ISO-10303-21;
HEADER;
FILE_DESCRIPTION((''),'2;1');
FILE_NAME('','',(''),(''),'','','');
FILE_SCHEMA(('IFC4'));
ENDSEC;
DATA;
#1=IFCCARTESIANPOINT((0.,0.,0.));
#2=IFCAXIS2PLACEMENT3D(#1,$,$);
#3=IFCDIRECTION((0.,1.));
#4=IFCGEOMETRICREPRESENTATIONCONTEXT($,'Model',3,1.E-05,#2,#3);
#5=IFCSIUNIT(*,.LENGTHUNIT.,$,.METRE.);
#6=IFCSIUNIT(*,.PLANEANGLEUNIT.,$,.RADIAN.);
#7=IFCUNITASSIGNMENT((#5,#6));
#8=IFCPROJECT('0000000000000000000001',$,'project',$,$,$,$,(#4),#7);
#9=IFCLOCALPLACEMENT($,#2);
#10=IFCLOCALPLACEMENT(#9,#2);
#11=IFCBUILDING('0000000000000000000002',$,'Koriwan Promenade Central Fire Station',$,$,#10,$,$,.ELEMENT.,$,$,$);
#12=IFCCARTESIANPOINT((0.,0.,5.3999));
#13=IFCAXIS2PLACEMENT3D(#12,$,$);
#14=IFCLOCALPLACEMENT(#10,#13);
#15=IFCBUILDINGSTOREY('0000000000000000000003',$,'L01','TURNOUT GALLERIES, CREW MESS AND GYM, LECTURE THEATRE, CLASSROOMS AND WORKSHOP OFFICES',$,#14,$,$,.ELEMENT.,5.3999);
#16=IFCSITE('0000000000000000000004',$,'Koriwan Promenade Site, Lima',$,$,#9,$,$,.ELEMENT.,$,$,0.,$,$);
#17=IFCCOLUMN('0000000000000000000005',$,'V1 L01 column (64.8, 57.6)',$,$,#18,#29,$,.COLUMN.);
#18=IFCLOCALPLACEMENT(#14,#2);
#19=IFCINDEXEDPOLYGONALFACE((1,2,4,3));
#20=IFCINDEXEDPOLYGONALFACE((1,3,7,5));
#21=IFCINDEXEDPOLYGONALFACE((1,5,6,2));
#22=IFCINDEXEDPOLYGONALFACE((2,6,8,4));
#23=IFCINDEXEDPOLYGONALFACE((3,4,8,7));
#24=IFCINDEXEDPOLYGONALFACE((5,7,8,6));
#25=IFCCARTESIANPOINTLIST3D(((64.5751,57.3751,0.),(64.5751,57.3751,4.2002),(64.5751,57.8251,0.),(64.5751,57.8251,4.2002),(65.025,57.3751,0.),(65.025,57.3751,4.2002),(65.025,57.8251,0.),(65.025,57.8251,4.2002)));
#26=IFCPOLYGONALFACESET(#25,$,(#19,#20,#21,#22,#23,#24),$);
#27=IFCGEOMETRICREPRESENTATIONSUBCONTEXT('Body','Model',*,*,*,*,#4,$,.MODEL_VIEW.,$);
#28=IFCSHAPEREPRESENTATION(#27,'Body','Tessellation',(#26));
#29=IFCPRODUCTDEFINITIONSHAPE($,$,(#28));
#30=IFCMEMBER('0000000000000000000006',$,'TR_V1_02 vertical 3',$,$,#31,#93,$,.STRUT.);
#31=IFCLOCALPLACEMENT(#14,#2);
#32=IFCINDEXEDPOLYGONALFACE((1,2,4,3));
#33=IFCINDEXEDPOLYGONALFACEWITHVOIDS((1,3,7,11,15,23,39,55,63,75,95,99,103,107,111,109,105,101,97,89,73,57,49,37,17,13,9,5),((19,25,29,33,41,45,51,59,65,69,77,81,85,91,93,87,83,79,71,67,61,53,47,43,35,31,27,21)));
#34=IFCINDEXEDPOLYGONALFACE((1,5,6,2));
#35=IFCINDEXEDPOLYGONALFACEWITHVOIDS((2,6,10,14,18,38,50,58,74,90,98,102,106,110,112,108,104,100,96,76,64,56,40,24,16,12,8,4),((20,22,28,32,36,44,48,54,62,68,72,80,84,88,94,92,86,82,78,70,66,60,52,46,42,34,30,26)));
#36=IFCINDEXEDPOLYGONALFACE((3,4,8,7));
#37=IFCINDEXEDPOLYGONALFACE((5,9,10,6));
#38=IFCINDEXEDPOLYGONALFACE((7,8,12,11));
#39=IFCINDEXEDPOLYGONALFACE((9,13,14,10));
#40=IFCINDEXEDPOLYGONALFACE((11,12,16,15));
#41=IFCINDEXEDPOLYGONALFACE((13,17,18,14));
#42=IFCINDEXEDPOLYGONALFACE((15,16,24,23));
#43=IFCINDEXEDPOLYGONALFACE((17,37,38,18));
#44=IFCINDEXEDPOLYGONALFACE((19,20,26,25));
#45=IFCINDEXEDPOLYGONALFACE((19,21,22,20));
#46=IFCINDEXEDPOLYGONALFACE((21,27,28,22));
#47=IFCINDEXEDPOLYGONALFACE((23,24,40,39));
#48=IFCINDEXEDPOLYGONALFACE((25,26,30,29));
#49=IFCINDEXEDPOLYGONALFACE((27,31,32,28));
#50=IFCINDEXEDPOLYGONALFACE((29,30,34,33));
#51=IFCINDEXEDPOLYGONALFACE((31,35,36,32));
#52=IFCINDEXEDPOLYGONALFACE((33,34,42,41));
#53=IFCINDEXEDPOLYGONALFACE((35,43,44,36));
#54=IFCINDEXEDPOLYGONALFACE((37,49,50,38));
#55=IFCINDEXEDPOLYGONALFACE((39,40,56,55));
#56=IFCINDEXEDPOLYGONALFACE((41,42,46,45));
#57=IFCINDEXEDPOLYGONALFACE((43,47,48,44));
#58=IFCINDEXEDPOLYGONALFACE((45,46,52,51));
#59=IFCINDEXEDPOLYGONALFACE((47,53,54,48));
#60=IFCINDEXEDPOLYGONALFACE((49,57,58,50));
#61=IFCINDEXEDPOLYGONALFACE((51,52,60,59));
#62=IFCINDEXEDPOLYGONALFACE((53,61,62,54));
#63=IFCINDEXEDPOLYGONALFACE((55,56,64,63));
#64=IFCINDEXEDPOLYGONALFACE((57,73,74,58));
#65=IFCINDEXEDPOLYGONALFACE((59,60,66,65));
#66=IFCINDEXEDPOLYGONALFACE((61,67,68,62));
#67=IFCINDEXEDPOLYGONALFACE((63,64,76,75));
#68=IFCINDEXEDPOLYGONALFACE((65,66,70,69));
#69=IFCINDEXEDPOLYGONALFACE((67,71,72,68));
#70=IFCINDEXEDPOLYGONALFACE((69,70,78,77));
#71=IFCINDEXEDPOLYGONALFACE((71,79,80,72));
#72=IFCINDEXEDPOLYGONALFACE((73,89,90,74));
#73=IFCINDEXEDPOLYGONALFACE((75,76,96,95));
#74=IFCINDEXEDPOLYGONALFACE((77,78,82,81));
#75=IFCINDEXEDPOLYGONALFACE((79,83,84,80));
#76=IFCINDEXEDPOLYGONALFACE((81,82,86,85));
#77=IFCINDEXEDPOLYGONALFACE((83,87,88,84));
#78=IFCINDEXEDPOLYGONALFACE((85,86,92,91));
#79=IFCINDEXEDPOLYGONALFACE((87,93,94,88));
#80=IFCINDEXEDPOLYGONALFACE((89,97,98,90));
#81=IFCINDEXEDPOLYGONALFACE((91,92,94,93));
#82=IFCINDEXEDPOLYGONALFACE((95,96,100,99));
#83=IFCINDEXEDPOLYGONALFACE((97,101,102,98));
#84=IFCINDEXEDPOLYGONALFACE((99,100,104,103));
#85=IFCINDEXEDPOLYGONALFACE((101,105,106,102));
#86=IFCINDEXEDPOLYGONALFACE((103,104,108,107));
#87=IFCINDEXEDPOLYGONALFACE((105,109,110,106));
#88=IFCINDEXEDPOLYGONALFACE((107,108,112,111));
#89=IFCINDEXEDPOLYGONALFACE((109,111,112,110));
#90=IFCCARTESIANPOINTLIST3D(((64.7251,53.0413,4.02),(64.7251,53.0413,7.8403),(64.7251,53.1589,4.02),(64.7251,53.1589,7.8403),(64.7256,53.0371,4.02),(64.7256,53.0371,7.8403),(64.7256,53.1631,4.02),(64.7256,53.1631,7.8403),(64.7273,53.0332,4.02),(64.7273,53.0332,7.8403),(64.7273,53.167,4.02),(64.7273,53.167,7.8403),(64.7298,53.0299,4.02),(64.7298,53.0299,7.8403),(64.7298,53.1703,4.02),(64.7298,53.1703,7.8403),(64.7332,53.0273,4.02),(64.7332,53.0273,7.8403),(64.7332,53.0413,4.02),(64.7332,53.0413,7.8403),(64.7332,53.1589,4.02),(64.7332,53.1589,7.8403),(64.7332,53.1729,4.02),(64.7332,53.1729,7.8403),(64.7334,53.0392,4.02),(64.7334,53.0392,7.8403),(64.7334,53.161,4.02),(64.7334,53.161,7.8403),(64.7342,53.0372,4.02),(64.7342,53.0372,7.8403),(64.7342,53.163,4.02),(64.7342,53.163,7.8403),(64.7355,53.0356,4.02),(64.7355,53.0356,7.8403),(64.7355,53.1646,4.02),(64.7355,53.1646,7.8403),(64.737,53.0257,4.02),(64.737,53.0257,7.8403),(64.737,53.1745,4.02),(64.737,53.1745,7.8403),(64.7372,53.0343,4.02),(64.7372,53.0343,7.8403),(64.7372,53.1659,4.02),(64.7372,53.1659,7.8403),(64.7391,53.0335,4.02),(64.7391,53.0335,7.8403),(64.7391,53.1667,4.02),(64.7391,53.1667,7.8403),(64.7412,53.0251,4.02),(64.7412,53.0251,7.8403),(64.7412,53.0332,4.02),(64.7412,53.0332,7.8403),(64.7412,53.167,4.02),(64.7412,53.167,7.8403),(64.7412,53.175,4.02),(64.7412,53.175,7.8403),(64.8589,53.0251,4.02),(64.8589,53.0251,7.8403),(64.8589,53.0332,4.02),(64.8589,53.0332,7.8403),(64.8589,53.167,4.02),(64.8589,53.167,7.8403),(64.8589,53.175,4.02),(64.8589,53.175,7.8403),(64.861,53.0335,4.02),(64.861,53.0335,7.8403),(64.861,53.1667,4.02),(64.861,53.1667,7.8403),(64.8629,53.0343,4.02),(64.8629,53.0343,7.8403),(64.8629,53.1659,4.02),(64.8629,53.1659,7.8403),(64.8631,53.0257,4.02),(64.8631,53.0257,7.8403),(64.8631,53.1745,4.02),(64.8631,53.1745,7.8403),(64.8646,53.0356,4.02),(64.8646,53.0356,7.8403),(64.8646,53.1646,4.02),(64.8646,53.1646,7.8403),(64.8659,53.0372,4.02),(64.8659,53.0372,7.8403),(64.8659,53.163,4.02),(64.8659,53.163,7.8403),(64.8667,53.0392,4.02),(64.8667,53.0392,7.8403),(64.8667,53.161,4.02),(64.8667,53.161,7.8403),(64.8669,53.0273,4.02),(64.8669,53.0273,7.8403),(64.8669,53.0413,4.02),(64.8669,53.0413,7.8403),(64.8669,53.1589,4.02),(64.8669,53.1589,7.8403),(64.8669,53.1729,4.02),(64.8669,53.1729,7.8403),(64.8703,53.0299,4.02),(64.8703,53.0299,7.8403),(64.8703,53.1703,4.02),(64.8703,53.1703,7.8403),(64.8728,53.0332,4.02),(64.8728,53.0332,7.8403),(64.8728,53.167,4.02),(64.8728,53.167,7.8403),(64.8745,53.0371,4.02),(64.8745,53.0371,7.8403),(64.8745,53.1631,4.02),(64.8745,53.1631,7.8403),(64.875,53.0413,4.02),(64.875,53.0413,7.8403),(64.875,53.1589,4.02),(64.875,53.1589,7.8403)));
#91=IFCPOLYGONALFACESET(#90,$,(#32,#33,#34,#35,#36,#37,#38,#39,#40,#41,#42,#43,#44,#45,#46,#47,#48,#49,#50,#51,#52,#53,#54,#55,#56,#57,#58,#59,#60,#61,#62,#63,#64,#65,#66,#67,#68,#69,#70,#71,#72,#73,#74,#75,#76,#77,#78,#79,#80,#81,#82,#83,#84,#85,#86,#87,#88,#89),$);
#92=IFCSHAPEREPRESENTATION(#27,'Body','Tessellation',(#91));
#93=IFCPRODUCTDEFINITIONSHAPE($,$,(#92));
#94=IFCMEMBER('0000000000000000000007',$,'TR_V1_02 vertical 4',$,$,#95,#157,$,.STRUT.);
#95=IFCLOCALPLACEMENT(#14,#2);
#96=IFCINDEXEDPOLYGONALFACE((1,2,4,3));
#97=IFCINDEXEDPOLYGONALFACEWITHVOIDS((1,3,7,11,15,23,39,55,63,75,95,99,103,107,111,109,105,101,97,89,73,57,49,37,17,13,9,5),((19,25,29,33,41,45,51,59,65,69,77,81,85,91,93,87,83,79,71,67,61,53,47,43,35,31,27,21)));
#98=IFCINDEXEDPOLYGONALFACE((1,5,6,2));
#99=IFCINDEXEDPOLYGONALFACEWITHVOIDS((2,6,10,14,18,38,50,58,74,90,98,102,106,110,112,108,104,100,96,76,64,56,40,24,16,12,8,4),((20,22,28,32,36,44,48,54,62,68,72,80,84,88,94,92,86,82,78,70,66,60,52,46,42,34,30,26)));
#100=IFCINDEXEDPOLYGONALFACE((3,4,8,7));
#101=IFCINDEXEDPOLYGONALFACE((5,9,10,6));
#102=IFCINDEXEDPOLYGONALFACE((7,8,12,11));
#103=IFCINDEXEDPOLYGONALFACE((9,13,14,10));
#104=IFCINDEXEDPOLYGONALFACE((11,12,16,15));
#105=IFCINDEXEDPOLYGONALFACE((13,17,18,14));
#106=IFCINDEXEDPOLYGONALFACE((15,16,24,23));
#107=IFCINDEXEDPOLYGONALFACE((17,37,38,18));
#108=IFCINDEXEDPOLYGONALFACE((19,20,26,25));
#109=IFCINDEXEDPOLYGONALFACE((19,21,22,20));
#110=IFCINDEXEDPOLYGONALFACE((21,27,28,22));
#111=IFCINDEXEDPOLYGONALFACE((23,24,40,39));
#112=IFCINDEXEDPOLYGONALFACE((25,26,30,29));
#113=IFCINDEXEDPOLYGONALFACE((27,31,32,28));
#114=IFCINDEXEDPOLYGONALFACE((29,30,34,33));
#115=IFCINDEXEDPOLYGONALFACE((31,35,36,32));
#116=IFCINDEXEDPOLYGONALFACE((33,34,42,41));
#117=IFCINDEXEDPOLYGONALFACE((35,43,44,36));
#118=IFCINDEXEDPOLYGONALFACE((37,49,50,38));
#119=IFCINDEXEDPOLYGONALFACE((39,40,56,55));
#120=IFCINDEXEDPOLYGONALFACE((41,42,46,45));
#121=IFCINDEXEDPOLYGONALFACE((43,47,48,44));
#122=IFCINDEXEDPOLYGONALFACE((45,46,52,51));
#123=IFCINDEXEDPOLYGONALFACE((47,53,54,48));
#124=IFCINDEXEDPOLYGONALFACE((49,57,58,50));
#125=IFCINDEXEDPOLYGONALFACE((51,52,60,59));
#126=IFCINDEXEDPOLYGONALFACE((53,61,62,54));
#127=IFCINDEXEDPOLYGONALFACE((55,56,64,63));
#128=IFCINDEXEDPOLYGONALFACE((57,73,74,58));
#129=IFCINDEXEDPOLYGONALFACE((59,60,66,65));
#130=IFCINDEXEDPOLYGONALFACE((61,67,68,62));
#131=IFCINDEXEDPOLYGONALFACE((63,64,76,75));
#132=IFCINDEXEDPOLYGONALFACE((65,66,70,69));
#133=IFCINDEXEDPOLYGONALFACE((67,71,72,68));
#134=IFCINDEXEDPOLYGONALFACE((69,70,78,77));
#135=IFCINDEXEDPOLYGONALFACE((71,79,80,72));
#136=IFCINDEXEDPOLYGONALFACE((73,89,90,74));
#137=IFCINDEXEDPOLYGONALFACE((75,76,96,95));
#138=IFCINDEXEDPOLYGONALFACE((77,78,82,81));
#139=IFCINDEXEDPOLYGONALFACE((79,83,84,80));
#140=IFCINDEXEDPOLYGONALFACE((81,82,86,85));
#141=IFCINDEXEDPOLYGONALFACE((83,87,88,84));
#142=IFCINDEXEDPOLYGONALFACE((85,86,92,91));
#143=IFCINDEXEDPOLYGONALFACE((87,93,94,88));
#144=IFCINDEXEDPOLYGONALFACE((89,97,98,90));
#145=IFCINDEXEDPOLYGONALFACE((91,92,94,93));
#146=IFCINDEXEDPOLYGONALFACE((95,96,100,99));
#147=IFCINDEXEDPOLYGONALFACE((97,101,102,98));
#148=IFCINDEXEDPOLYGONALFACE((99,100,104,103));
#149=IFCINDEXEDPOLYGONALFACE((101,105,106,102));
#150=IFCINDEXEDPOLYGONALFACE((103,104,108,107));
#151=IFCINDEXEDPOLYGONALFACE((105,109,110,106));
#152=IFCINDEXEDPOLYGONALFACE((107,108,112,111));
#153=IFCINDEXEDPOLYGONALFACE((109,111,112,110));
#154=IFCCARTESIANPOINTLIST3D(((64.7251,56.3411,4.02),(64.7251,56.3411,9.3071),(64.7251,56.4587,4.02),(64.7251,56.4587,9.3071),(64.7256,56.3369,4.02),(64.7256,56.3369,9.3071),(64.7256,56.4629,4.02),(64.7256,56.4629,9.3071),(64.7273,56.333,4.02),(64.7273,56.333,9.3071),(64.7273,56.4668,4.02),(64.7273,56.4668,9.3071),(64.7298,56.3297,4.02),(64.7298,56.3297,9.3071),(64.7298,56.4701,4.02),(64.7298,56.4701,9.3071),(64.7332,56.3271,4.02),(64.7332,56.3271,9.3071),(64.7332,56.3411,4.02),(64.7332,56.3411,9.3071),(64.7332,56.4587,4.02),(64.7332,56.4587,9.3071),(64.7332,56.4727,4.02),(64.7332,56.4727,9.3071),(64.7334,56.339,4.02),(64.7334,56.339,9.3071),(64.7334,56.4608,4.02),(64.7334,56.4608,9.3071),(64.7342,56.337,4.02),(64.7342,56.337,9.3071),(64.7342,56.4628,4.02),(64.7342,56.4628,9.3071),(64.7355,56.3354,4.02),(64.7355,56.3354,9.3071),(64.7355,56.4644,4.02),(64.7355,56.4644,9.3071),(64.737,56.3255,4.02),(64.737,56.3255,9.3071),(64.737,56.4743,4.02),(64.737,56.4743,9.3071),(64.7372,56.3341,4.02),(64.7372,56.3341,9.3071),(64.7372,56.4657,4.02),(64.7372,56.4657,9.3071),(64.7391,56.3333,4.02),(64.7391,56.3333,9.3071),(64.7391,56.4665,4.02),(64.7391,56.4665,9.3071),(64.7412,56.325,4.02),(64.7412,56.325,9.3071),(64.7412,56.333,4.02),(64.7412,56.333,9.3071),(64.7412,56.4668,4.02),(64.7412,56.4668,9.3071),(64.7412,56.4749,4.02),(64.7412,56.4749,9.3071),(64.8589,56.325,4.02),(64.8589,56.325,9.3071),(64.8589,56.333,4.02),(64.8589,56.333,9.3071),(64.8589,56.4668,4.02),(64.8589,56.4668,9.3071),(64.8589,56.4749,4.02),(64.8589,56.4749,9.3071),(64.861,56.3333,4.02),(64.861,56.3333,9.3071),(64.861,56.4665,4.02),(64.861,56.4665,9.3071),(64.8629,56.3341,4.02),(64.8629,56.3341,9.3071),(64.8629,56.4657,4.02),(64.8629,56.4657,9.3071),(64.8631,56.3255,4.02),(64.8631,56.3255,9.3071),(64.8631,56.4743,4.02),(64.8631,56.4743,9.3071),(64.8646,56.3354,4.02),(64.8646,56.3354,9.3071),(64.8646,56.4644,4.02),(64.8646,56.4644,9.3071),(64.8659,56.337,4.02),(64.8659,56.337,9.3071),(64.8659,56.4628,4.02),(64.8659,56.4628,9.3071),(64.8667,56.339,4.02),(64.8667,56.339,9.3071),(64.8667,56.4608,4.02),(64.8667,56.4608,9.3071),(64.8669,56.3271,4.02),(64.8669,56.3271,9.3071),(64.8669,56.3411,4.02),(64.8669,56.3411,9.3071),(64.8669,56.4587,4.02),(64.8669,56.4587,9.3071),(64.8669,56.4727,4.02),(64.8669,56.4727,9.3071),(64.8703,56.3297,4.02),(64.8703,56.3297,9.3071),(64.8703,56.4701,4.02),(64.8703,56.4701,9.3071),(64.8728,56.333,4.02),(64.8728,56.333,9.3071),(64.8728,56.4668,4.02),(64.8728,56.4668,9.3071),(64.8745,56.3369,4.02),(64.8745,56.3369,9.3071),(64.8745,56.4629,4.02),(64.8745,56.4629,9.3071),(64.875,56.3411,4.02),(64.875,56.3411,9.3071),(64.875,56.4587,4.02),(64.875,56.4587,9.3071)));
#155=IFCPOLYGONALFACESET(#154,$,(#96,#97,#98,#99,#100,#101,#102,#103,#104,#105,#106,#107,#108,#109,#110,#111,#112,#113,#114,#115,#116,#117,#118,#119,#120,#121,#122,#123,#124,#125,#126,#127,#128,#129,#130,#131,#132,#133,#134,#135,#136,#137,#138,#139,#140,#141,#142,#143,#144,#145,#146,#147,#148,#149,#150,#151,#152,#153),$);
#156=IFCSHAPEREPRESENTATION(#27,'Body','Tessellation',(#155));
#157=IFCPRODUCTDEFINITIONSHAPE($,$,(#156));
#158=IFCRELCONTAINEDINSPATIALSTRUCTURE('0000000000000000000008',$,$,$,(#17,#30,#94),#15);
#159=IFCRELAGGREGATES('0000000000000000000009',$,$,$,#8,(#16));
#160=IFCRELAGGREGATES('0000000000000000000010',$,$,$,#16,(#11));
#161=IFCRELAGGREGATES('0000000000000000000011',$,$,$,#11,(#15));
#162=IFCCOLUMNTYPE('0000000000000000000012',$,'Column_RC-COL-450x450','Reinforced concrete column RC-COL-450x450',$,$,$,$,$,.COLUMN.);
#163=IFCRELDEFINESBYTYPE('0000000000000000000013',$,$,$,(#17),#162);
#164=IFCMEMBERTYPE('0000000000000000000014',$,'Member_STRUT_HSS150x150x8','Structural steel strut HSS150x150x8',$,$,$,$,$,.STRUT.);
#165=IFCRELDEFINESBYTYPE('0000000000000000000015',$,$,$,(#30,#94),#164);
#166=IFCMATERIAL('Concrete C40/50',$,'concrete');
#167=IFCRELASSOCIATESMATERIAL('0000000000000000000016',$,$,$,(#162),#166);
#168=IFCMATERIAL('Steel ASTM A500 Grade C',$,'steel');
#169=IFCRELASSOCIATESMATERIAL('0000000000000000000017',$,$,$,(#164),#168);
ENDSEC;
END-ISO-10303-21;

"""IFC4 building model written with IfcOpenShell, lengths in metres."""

from ifc_helpers import new_model, si_unit, direction, frame, origin, origin_2d, place, context, subcontext, project, spatial, rectangle, hollow_rectangle, extrude, material, material_profile, profile_set, type_object, element, save


model = new_model("IFC4")

# Units and contexts
model_context = context("Model", 3, precision=1e-05, world=origin(), true_north=direction((0.0, 1.0)))
body_context = subcontext(model_context, "Body", "Model", "MODEL_VIEW")
ifc_project = project(units=[si_unit("LENGTHUNIT", "METRE"), si_unit("PLANEANGLEUNIT", "RADIAN")], contexts=[model_context])

# Site, building, storey
site_placement = place(None, origin())
site = spatial("IfcSite", under=ifc_project, at=site_placement, Name="Koriwan Promenade Site, Lima", CompositionType="ELEMENT", RefElevation=0.0)
building_placement = place(site_placement, origin())
building = spatial("IfcBuilding", under=site, at=building_placement, Name="Koriwan Promenade Central Fire Station", CompositionType="ELEMENT")
storey_placement = place(building_placement, frame((0.0, 0.0, 5.3999)))
storey = spatial("IfcBuildingStorey", under=building, at=storey_placement, Name="L01", Description="TURNOUT GALLERIES, CREW MESS AND GYM, LECTURE THEATRE, CLASSROOMS AND WORKSHOP OFFICES", CompositionType="ELEMENT", Elevation=5.3999)

# Column
ifc_material_1 = material(Name="Concrete C40/50", Category="concrete")
ifc_material_profile_1 = material_profile(ifc_material_1, rectangle(XDim=0.45, YDim=0.45, at=origin_2d()), Name="RC-COL-450x450")
ifc_profile_set_1 = profile_set([ifc_material_profile_1], Name="Concrete C40/50")
column_type = type_object("IfcColumnType", Name="Column_RC-COL-450x450", Description="Reinforced concrete column RC-COL-450x450", PredefinedType="COLUMN", material=ifc_profile_set_1)
column_placement = place(storey_placement, frame((64.8, 57.6001, 0.0), z_axis=(0.0, 0.0, 1.0), x_axis=(1.0, 0.0, 0.0)))
element("IfcColumn", 1, at=column_placement, inside=storey, type_object=column_type, Name="V1 L01 column (64.8, 57.6)", PredefinedType="COLUMN", context=body_context, shape_type="SweptSolid", body=[
    extrude(rectangle(XDim=0.45, YDim=0.45, at=origin_2d()), origin(), (0.0, 0.0, 1.0), 4.2002),
])

# Members
ifc_material_2 = material(Name="Steel ASTM A500 Grade C", Category="steel")
ifc_material_profile_2 = material_profile(ifc_material_2, hollow_rectangle(XDim=0.1499, YDim=0.1499, WallThickness=0.0081, InnerFilletRadius=0.0081, OuterFilletRadius=0.0161, at=origin_2d()), Name="HSS150x150x8")
ifc_profile_set_2 = profile_set([ifc_material_profile_2], Name="Steel ASTM A500 Grade C")
member_type = type_object("IfcMemberType", Name="Member_STRUT_HSS150x150x8", Description="Structural steel strut HSS150x150x8", PredefinedType="STRUT", material=ifc_profile_set_2)
member_1_placement = place(storey_placement, frame((64.8, 53.1001, 4.02), z_axis=(0.0, 0.0, 1.0), x_axis=(1.0, 0.0, 0.0)))
element("IfcMember", 2, at=member_1_placement, inside=storey, type_object=member_type, Name="TR_V1_02 vertical 3", PredefinedType="STRUT", context=body_context, shape_type="SweptSolid", body=[
    extrude(hollow_rectangle(XDim=0.1499, YDim=0.1499, WallThickness=0.0081, InnerFilletRadius=0.0081, OuterFilletRadius=0.0161, at=origin_2d()), origin(), (0.0, 0.0, 1.0), 3.8203),
])
member_2_placement = place(storey_placement, frame((64.8, 56.3999, 4.02), z_axis=(0.0, 0.0, 1.0), x_axis=(1.0, 0.0, 0.0)))
element("IfcMember", 3, at=member_2_placement, inside=storey, type_object=member_type, Name="TR_V1_02 vertical 4", PredefinedType="STRUT", context=body_context, shape_type="SweptSolid", body=[
    extrude(hollow_rectangle(XDim=0.1499, YDim=0.1499, WallThickness=0.0081, InnerFilletRadius=0.0081, OuterFilletRadius=0.0161, at=origin_2d()), origin(), (0.0, 0.0, 1.0), 5.2871),
])

save(model, "model.ifc")
